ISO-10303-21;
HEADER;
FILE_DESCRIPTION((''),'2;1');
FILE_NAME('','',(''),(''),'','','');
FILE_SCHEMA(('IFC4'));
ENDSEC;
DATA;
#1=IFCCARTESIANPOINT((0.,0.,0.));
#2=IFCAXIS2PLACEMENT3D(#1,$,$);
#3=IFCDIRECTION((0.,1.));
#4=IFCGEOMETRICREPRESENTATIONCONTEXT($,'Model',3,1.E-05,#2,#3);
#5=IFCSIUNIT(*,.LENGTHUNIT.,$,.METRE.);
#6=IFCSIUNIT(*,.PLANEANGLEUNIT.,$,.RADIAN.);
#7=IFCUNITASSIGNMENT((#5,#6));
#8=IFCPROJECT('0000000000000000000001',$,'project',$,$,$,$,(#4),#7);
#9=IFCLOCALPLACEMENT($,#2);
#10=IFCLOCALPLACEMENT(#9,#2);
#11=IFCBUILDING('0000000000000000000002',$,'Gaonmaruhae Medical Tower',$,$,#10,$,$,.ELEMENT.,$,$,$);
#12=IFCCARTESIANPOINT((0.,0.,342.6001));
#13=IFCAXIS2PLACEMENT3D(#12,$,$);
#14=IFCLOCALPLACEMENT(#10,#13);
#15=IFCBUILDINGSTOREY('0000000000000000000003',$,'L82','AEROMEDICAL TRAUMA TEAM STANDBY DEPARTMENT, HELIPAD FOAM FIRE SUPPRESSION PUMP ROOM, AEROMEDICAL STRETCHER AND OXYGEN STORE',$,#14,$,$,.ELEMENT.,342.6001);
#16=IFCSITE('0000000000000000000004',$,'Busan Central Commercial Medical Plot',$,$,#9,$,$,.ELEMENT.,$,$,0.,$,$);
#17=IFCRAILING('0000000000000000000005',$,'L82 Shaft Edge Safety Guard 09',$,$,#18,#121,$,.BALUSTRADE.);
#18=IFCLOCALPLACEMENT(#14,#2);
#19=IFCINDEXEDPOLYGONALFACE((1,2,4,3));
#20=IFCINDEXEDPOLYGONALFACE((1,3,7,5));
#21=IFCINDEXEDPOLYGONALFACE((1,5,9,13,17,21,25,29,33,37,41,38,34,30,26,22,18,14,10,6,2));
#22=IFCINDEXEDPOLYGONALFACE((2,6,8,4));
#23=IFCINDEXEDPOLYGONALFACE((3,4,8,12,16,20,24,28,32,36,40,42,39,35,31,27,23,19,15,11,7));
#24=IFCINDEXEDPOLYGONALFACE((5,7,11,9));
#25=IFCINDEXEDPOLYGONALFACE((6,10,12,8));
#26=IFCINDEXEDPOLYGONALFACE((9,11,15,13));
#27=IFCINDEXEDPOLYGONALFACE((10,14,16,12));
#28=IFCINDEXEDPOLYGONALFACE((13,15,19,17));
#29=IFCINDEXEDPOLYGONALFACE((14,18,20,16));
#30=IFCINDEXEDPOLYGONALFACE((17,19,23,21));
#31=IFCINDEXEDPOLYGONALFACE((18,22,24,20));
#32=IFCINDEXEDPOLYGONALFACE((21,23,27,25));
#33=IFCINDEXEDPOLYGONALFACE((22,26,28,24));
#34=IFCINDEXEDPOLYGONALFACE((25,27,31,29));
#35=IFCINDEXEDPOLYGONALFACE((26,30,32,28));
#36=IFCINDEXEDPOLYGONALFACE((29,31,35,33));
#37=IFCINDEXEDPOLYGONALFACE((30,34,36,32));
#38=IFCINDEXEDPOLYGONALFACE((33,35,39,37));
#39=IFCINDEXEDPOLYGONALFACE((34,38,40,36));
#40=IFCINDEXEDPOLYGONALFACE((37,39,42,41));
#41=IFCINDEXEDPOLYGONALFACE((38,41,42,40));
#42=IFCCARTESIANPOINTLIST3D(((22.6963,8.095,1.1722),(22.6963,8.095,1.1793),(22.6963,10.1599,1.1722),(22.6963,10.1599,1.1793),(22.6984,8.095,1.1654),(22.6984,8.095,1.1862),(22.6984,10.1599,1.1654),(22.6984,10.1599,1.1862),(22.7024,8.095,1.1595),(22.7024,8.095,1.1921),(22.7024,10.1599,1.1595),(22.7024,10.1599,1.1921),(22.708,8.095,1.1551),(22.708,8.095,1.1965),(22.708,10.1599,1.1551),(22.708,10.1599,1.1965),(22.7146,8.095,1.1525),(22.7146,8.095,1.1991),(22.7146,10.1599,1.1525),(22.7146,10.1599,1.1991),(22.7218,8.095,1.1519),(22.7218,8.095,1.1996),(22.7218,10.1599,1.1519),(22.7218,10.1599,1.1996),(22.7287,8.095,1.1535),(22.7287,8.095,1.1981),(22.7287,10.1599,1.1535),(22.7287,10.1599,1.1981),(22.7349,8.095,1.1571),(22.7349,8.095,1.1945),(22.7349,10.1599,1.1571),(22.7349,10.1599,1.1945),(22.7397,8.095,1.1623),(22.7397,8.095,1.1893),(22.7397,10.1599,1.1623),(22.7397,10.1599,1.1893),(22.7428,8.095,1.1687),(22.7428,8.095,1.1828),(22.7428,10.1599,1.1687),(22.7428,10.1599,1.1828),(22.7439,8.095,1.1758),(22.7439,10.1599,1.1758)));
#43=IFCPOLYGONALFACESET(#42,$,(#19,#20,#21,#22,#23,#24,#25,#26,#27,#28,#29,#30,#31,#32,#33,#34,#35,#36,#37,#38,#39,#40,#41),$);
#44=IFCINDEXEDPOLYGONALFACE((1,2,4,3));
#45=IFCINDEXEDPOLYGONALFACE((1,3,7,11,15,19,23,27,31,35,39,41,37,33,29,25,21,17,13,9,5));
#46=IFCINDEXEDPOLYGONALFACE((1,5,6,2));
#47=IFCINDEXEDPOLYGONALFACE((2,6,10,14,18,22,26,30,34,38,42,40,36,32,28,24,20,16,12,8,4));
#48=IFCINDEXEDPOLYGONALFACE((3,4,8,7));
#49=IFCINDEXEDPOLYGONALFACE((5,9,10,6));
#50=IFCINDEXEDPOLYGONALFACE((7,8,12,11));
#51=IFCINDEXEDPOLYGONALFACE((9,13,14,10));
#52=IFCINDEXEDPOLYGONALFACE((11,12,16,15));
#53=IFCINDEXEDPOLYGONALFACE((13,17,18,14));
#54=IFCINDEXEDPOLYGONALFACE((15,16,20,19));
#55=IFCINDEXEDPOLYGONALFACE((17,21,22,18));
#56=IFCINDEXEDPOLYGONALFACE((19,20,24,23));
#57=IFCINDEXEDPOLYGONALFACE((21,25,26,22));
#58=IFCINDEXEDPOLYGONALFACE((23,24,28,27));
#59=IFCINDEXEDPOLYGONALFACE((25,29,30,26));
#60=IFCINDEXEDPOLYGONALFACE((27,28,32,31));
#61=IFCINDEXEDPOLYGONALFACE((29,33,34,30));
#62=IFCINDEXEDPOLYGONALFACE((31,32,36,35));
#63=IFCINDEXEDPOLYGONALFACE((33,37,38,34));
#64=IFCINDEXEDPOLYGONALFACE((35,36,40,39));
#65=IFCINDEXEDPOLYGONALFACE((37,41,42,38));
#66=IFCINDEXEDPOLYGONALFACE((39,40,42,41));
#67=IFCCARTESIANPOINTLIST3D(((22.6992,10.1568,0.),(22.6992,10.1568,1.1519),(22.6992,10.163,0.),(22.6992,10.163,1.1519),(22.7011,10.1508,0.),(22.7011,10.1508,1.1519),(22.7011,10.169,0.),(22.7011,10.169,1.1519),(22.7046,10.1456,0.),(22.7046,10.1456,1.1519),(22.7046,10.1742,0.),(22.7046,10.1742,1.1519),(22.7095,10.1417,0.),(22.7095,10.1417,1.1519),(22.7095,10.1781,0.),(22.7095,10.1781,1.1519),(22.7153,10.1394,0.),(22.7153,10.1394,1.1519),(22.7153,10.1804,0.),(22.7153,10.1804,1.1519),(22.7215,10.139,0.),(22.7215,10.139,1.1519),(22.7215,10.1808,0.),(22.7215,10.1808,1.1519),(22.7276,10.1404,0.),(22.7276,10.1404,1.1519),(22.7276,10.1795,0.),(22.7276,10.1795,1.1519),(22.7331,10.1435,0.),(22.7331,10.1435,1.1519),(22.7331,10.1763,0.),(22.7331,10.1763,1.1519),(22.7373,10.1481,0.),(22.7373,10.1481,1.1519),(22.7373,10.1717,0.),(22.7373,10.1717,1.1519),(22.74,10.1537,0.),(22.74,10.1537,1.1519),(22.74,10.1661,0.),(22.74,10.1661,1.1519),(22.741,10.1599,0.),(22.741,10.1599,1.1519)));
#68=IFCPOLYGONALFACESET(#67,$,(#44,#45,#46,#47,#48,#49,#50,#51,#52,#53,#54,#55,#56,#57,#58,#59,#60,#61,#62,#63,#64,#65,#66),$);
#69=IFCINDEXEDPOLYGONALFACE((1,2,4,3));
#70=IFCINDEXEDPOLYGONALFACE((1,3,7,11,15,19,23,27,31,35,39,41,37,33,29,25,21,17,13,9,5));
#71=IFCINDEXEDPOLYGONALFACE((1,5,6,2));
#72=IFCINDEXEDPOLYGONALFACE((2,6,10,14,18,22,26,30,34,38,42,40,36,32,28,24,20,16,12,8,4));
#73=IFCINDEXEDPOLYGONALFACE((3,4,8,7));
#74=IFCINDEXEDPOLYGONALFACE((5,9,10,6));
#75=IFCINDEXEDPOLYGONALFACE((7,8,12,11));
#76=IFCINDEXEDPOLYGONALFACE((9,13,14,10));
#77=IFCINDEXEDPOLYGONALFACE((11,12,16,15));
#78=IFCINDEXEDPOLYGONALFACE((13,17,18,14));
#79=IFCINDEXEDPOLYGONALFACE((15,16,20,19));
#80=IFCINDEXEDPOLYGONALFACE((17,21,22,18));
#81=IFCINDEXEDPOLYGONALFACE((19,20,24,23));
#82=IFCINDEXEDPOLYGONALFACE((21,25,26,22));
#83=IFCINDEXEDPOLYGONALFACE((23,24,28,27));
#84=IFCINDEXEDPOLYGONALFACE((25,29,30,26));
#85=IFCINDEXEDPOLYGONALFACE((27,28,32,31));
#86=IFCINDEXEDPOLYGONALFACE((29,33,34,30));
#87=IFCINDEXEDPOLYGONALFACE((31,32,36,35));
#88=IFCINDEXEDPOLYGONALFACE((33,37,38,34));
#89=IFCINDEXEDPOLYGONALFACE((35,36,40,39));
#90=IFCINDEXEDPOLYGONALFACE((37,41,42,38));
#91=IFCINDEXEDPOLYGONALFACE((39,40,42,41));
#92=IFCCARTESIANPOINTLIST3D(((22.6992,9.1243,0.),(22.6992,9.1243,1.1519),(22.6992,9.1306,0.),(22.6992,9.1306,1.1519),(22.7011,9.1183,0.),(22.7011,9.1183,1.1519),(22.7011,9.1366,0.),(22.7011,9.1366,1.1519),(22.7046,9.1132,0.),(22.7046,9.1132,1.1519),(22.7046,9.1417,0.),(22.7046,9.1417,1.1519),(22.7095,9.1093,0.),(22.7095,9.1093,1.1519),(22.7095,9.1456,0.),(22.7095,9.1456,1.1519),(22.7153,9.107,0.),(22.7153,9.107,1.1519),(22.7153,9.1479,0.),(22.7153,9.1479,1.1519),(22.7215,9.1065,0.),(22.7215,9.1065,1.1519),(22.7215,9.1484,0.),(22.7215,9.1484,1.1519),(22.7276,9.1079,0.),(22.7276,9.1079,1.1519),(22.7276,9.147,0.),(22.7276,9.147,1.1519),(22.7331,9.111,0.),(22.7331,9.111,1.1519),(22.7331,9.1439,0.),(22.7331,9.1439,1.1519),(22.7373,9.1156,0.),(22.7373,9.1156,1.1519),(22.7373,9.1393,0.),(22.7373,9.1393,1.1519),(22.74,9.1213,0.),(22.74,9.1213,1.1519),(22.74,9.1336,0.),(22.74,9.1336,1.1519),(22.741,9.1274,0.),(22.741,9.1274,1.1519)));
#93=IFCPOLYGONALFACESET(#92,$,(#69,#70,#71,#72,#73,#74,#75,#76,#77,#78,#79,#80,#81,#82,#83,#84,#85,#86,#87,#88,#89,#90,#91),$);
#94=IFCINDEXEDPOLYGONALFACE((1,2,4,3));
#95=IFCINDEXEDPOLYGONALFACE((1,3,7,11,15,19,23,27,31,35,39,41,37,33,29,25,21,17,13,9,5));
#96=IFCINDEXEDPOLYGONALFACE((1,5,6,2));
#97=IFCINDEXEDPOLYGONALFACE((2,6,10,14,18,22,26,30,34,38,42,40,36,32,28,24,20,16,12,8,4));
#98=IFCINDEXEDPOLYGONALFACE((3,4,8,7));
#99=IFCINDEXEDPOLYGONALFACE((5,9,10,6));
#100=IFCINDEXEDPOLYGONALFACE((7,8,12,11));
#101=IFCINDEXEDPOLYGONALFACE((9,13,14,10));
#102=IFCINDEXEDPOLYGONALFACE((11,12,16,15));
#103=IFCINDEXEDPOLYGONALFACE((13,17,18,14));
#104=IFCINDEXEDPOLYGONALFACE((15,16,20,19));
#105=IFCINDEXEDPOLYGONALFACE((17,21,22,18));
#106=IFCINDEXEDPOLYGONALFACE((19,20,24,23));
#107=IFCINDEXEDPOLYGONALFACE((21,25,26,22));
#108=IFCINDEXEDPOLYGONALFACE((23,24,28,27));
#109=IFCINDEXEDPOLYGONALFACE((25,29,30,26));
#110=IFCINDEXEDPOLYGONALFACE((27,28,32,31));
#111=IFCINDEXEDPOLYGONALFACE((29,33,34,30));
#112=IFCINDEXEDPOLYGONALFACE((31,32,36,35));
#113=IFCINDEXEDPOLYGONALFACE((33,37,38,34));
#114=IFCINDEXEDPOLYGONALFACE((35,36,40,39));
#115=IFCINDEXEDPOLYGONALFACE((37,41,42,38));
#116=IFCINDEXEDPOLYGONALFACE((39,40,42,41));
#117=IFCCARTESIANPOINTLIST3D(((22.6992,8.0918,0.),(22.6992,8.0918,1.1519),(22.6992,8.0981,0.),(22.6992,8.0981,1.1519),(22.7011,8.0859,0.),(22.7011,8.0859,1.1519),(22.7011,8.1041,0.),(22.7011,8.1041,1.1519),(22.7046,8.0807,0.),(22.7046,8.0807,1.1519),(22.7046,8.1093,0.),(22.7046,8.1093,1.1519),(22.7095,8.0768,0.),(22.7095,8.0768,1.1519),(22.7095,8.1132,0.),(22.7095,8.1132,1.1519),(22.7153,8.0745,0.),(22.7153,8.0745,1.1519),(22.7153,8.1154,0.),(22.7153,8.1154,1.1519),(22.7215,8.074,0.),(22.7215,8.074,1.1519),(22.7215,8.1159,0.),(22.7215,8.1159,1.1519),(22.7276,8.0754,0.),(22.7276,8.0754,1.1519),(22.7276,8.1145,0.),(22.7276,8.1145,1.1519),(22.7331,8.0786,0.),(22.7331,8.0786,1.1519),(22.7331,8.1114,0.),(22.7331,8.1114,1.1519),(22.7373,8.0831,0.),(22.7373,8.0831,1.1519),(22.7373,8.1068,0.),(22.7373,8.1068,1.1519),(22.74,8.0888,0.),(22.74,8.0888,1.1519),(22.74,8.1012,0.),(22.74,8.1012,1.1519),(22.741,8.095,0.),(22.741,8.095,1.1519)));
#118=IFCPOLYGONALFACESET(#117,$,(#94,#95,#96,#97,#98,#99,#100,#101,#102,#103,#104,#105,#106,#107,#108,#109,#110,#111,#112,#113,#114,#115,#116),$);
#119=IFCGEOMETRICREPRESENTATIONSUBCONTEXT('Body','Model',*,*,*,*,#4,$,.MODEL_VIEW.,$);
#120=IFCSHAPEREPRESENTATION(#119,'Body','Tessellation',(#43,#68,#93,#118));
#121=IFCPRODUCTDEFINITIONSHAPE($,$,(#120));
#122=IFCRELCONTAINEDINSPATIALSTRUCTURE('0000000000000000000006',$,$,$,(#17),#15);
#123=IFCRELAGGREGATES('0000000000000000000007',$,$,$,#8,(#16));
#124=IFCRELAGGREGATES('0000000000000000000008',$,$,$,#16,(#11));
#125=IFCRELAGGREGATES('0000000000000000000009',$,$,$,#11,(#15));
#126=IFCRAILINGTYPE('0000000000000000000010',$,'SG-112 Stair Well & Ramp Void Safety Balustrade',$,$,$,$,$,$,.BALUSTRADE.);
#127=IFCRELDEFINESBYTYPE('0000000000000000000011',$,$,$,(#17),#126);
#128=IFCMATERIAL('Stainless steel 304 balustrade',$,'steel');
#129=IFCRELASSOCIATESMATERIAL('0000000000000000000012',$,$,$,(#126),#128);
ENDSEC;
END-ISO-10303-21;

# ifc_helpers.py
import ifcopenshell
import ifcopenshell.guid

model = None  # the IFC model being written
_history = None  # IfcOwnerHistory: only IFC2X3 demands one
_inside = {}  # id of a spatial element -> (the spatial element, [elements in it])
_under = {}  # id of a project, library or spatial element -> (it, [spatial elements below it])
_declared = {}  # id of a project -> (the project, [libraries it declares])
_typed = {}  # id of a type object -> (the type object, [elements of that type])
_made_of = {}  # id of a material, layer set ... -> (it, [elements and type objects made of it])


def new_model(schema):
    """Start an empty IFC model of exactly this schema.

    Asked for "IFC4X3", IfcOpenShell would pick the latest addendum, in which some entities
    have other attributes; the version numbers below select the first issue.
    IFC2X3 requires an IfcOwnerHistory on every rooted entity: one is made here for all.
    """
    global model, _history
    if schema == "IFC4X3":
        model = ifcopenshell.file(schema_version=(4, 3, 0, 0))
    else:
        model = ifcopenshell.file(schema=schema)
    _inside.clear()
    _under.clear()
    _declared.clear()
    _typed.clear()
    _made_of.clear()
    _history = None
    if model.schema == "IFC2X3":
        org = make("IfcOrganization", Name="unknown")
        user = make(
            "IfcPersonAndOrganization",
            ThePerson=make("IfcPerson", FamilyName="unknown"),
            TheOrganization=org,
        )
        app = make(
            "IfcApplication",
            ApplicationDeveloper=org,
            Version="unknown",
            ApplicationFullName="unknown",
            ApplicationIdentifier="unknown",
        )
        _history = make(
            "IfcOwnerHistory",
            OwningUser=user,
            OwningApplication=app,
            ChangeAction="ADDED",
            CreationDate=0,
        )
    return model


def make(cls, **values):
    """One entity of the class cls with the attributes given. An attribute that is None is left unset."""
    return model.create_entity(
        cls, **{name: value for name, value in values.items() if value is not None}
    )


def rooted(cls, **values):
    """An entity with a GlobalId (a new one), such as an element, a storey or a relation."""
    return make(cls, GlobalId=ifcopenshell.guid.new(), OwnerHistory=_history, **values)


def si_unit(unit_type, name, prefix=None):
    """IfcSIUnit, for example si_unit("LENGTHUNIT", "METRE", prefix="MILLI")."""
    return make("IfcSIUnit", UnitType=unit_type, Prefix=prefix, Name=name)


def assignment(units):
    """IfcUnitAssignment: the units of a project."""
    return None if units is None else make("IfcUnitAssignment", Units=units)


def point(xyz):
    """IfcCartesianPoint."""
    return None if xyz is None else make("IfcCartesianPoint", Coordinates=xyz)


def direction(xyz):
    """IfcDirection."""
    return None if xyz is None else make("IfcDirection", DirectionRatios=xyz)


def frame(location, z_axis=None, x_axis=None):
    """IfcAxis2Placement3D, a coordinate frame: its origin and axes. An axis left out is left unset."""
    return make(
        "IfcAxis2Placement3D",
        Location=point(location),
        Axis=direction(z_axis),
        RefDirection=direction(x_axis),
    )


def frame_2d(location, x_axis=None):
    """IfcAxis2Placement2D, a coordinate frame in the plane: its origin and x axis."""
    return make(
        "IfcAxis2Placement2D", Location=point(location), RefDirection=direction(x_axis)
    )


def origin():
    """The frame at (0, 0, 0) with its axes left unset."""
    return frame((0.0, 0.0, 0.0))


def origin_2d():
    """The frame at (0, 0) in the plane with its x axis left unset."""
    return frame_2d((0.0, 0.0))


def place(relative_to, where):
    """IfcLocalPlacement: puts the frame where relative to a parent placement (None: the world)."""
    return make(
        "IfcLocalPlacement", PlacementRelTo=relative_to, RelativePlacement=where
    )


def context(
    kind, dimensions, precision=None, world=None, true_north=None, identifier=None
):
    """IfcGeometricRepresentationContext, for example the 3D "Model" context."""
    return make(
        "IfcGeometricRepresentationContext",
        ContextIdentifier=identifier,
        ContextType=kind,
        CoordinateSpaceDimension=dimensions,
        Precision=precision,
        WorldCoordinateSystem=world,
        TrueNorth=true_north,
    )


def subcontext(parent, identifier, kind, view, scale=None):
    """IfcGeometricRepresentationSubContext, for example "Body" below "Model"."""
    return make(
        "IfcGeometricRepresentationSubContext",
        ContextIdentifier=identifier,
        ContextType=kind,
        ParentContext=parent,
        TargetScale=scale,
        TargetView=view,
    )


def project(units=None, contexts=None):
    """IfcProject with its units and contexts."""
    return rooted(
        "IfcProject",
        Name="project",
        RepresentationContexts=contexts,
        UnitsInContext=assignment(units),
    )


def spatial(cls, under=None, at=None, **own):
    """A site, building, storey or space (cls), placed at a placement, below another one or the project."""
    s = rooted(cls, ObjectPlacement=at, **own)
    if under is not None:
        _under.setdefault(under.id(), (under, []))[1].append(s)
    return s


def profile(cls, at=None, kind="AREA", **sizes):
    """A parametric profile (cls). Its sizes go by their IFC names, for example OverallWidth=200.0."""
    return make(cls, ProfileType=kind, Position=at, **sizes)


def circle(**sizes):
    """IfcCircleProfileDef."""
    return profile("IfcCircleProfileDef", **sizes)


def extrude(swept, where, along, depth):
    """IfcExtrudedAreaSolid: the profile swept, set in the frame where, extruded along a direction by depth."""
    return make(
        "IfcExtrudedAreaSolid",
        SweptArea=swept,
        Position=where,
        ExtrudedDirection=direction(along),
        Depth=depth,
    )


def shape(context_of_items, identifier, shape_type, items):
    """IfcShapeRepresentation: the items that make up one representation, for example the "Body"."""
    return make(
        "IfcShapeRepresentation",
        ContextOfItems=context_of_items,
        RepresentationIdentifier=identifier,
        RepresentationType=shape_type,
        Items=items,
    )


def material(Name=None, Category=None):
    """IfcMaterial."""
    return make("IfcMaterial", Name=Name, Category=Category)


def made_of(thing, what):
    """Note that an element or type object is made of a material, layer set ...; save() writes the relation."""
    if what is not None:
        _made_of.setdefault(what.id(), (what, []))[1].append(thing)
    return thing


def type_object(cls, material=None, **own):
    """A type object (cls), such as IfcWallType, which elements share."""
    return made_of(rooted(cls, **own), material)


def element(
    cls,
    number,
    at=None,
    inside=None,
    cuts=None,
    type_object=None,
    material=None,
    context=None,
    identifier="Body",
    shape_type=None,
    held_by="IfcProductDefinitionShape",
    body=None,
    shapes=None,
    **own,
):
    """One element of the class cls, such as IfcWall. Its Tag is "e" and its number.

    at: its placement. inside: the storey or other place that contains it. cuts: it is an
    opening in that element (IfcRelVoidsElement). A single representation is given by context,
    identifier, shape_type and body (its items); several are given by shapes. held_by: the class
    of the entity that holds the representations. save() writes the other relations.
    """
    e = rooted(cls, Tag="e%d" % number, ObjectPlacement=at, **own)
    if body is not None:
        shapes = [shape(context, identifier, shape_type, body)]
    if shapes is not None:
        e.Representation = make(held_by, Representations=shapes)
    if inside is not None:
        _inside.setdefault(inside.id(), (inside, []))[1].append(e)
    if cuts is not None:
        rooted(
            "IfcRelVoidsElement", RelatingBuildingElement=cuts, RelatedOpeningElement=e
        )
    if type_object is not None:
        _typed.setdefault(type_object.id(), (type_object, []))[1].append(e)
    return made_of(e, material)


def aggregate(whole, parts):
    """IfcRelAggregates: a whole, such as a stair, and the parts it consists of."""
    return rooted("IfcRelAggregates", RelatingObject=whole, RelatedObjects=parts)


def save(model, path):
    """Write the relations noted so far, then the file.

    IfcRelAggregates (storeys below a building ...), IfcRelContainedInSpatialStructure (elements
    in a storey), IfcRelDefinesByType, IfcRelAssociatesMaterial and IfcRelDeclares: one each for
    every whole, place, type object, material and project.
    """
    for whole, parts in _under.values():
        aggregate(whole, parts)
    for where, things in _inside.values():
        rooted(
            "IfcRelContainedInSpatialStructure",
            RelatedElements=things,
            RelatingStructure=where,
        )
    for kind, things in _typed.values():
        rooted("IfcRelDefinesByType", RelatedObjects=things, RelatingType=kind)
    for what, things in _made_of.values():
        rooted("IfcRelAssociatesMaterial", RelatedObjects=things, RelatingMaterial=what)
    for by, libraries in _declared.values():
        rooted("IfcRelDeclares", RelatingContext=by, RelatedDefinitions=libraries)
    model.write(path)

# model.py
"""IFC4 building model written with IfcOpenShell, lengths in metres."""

from ifc_helpers import new_model, si_unit, direction, frame, origin, origin_2d, place, context, subcontext, project, spatial, circle, extrude, material, type_object, element, save


model = new_model("IFC4")

# Units and contexts
model_context = context("Model", 3, precision=1e-05, world=origin(), true_north=direction((0.0, 1.0)))
body_context = subcontext(model_context, "Body", "Model", "MODEL_VIEW")
ifc_project = project(units=[si_unit("LENGTHUNIT", "METRE"), si_unit("PLANEANGLEUNIT", "RADIAN")], contexts=[model_context])

# Site, building, storey
site_placement = place(None, origin())
site = spatial("IfcSite", under=ifc_project, at=site_placement, Name="Busan Central Commercial Medical Plot", CompositionType="ELEMENT", RefElevation=0.0)
building_placement = place(site_placement, origin())
building = spatial("IfcBuilding", under=site, at=building_placement, Name="Gaonmaruhae Medical Tower", CompositionType="ELEMENT")
storey_placement = place(building_placement, frame((0.0, 0.0, 342.6001)))
storey = spatial("IfcBuildingStorey", under=building, at=storey_placement, Name="L82", Description="AEROMEDICAL TRAUMA TEAM STANDBY DEPARTMENT, HELIPAD FOAM FIRE SUPPRESSION PUMP ROOM, AEROMEDICAL STRETCHER AND OXYGEN STORE", CompositionType="ELEMENT", Elevation=342.6001)

# Railing
ifc_material_1 = material(Name="Stainless steel 304 balustrade", Category="steel")
railing_type_1 = type_object("IfcRailingType", Name="SG-112 Stair Well & Ramp Void Safety Balustrade", PredefinedType="BALUSTRADE", material=ifc_material_1)
railing_1_placement = place(storey_placement, frame((22.72, 10.1599, 0.0)))
element("IfcRailing", 1, at=railing_1_placement, inside=storey, type_object=railing_type_1, Name="L82 Shaft Edge Safety Guard 09", PredefinedType="BALUSTRADE", context=body_context, shape_type="SweptSolid", body=[
    extrude(circle(Radius=0.0239, at=origin_2d()), frame((0.0, 0.0, 1.1758), z_axis=(0.0, -1.0, 0.0), x_axis=(1.0, 0.0, 0.0)), (0.0, 0.0, 1.0), 2.0649),
    extrude(circle(Radius=0.021, at=origin_2d()), origin(), (0.0, 0.0, 1.0), 1.1519),
    extrude(circle(Radius=0.021, at=origin_2d()), frame((0.0, -1.0325, 0.0)), (0.0, 0.0, 1.0), 1.1519),
    extrude(circle(Radius=0.021, at=origin_2d()), frame((0.0, -2.0649, 0.0)), (0.0, 0.0, 1.0), 1.1519),
])

save(model, "model.ifc")
